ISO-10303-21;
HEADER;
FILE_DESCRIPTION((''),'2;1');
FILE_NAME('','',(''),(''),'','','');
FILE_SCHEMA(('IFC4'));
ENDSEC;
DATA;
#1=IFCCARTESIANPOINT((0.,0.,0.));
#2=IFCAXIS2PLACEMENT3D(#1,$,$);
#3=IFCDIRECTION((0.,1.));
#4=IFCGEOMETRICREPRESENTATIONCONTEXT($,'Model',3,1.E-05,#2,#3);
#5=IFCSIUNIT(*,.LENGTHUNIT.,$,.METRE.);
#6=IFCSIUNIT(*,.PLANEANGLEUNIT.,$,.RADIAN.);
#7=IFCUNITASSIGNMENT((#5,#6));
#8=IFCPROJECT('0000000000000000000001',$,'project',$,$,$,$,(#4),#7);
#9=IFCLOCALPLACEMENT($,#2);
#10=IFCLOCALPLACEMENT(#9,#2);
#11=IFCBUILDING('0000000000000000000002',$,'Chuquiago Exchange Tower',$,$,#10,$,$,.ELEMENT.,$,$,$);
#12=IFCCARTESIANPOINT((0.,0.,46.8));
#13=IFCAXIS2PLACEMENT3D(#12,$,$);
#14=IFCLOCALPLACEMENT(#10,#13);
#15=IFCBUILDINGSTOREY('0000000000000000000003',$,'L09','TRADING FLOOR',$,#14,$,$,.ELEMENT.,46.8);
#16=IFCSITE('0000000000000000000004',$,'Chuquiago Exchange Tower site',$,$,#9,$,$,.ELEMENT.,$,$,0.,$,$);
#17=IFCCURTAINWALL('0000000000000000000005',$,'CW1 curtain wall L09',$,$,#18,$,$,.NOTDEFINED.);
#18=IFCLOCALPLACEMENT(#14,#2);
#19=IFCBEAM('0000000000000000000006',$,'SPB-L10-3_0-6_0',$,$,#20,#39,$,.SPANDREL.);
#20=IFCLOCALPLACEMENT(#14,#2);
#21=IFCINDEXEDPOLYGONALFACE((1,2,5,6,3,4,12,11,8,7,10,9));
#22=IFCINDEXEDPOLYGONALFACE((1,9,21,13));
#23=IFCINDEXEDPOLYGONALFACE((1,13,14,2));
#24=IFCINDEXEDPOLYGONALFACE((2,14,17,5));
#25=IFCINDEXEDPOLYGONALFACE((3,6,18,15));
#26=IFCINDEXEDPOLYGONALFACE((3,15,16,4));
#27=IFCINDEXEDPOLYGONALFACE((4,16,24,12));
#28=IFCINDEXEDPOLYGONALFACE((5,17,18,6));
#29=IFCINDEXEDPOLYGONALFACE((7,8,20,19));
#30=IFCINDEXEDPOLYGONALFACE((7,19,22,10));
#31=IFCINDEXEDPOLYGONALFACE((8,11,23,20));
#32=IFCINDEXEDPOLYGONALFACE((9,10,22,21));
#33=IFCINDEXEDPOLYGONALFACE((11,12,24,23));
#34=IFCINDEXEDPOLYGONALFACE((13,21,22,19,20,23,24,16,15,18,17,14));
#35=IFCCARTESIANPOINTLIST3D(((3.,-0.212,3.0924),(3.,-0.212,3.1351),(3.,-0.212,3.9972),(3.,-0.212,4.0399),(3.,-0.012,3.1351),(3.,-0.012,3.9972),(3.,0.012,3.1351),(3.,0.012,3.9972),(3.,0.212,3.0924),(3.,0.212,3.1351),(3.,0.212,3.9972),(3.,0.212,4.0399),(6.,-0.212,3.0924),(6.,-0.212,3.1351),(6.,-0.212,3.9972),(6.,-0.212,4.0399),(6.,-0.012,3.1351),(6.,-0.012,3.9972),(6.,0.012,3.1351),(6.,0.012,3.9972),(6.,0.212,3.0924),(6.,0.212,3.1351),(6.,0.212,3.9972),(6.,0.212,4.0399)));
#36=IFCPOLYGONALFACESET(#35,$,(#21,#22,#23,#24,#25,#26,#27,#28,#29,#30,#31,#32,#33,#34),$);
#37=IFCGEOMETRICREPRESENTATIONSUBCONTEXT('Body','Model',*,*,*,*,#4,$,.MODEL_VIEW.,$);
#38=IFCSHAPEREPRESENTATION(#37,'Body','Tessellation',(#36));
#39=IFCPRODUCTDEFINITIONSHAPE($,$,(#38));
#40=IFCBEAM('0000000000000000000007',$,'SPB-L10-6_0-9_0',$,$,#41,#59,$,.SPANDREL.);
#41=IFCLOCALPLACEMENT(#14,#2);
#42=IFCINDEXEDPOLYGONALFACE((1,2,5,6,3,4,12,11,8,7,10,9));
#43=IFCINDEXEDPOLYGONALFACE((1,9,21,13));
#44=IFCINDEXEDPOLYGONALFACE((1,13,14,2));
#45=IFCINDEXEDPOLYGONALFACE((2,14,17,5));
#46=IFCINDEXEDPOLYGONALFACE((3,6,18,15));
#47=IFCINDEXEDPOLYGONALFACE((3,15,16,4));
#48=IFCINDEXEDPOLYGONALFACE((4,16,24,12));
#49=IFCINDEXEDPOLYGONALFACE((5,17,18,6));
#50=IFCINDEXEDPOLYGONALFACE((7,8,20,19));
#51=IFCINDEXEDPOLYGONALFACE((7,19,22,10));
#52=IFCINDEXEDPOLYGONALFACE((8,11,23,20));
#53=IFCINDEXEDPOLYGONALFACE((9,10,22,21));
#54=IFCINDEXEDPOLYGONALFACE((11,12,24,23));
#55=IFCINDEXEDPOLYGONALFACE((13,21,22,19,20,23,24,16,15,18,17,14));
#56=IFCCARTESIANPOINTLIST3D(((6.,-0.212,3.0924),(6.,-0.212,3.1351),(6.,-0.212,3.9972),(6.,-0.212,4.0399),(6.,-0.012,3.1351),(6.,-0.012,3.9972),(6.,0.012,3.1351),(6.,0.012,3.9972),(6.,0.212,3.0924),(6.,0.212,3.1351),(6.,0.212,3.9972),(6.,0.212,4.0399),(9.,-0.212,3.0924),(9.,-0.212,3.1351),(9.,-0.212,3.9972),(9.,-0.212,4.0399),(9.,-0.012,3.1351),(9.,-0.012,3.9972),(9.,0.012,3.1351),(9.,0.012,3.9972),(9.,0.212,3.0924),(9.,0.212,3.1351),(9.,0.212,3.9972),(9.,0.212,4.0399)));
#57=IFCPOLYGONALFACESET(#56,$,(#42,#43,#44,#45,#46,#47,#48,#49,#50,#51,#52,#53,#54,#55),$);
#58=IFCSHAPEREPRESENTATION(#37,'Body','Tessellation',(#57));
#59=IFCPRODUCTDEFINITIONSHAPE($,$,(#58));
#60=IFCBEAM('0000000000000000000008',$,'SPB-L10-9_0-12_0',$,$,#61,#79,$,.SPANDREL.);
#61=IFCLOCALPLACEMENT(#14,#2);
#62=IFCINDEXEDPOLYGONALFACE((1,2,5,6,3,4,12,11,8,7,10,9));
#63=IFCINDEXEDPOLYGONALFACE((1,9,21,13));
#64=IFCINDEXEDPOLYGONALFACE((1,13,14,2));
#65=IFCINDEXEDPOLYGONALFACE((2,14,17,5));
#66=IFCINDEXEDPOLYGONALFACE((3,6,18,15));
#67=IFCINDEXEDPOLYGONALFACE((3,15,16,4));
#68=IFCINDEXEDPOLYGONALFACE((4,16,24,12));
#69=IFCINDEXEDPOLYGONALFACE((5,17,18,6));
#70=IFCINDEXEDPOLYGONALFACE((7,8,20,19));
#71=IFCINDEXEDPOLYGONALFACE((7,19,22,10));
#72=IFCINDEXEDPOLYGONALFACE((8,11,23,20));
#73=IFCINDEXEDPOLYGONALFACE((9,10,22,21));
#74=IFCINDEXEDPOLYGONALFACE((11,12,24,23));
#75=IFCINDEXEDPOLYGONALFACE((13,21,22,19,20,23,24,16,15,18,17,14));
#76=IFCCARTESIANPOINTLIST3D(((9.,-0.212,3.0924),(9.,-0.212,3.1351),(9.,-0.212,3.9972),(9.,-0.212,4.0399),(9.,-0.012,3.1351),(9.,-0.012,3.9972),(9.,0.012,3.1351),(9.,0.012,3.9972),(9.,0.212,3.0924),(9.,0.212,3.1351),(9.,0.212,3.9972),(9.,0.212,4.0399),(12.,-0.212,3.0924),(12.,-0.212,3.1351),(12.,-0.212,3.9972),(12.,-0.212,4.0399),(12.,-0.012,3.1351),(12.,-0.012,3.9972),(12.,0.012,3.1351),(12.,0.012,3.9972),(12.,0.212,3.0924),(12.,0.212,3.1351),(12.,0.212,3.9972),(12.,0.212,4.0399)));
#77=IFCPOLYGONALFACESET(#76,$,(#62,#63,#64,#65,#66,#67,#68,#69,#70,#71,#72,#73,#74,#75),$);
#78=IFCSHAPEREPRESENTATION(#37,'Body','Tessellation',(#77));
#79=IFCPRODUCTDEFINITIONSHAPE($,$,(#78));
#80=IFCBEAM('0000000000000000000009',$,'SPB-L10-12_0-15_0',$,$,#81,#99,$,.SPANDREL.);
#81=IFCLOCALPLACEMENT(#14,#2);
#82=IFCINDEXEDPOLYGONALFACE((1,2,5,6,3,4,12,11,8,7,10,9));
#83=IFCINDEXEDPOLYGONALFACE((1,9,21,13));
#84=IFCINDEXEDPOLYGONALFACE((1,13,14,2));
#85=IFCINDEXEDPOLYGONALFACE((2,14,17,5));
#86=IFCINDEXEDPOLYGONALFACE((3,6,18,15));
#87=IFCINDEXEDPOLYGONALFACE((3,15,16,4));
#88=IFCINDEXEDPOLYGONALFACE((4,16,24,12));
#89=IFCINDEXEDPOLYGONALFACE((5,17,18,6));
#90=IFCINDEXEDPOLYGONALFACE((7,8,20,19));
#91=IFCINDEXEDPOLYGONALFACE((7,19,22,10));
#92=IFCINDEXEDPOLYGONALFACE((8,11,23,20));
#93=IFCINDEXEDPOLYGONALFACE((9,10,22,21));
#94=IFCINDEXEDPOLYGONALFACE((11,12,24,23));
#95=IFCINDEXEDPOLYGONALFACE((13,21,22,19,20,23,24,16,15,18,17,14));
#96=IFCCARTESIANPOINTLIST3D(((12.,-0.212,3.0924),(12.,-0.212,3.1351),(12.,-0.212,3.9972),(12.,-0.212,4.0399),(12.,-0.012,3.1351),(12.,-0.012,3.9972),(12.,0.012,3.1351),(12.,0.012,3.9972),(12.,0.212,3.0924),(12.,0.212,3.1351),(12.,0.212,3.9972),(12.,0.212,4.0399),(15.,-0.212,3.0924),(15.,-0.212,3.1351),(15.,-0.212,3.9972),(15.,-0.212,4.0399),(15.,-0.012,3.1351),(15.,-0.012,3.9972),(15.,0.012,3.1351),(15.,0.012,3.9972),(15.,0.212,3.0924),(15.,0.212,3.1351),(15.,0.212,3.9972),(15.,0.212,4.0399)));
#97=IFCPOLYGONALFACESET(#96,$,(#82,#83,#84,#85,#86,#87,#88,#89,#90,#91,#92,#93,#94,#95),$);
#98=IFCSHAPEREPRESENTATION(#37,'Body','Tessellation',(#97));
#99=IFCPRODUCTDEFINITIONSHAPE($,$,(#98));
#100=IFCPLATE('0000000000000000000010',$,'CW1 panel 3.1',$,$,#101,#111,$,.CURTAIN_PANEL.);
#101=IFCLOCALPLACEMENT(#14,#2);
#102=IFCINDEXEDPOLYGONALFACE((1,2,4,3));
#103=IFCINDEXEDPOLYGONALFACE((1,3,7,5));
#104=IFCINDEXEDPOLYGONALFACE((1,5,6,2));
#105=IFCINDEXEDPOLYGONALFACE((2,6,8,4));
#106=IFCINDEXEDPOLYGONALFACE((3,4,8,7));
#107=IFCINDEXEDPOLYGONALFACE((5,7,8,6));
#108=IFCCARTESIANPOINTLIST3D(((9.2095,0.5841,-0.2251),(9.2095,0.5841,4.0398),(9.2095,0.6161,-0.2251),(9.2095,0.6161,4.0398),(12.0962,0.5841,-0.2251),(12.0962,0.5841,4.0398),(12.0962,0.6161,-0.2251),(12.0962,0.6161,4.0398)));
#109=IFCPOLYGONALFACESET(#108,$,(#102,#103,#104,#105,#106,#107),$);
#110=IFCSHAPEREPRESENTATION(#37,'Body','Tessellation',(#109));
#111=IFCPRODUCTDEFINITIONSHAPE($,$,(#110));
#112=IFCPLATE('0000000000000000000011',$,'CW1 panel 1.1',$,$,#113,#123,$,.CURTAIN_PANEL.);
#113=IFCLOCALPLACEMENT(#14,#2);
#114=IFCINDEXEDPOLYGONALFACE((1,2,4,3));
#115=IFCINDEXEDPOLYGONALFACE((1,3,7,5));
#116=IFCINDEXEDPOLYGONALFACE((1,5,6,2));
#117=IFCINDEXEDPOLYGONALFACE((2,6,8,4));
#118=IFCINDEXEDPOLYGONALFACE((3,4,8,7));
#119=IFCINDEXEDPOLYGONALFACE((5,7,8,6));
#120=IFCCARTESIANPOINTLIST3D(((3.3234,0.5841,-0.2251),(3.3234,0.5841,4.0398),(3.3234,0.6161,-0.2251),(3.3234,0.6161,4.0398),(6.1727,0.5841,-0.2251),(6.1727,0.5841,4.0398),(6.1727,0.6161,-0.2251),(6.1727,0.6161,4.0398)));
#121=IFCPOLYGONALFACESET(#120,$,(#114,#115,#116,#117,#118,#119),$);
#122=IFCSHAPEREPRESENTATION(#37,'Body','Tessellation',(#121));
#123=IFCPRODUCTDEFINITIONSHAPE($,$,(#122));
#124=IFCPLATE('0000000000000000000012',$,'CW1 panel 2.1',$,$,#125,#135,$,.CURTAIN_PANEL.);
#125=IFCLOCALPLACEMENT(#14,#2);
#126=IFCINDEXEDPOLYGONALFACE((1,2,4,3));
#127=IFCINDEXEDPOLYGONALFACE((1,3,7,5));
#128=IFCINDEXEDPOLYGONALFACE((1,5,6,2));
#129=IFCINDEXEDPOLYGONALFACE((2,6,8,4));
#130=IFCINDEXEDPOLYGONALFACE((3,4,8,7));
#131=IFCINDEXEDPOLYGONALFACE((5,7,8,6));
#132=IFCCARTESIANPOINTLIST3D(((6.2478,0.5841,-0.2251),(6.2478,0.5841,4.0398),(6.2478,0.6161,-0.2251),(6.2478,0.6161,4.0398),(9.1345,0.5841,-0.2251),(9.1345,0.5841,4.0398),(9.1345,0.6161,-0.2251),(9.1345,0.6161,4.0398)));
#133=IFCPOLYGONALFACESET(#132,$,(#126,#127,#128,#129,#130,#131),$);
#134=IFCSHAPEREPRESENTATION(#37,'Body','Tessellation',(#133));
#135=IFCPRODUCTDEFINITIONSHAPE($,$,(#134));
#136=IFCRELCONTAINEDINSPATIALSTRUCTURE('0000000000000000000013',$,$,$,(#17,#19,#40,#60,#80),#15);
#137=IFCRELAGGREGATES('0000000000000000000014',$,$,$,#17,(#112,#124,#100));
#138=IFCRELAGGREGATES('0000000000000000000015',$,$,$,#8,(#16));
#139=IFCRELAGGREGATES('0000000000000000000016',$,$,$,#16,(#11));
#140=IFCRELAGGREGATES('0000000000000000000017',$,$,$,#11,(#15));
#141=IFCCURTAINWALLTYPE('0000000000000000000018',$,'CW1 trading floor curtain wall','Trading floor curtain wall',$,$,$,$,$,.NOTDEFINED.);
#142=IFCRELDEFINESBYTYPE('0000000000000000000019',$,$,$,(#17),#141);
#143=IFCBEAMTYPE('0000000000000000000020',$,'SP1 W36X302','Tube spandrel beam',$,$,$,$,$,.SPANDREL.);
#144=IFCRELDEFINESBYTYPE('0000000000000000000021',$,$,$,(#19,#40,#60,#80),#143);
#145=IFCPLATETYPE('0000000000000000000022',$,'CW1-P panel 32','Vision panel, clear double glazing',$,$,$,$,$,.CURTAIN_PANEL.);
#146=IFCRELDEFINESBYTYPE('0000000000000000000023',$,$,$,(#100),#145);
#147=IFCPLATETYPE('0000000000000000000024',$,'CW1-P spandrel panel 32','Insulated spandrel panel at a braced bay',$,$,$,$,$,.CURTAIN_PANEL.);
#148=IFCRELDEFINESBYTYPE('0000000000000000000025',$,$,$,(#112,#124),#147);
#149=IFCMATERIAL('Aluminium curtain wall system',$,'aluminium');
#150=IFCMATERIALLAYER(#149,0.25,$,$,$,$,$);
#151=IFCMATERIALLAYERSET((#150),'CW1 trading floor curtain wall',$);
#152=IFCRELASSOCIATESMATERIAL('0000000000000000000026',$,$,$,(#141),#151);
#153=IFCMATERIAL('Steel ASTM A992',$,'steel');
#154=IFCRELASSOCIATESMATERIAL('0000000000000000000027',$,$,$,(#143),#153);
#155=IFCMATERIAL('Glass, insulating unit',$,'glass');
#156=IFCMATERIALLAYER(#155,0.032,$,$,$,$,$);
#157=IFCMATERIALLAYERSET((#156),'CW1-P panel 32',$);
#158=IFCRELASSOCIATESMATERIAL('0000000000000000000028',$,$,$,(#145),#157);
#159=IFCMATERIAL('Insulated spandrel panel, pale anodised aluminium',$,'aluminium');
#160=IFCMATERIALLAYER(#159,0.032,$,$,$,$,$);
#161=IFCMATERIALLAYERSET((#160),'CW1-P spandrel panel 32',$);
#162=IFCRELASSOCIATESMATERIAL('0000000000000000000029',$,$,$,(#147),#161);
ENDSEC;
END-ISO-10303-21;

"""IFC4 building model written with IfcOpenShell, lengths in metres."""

from ifc_helpers import new_model, si_unit, direction, frame, origin, origin_2d, place, context, subcontext, project, spatial, rectangle, i_section, extrude, material, layer, layer_set, material_profile, profile_set, type_object, element, aggregate, save


model = new_model("IFC4")

# Units and contexts
model_context = context("Model", 3, precision=1e-05, world=origin(), true_north=direction((0.0, 1.0)))
body_context = subcontext(model_context, "Body", "Model", "MODEL_VIEW")
ifc_project = project(units=[si_unit("LENGTHUNIT", "METRE"), si_unit("PLANEANGLEUNIT", "RADIAN")], contexts=[model_context])

# Site, building, storey
site_placement = place(None, origin())
site = spatial("IfcSite", under=ifc_project, at=site_placement, Name="Chuquiago Exchange Tower site", CompositionType="ELEMENT", RefElevation=0.0)
building_placement = place(site_placement, origin())
building = spatial("IfcBuilding", under=site, at=building_placement, Name="Chuquiago Exchange Tower", CompositionType="ELEMENT")
storey_placement = place(building_placement, frame((0.0, 0.0, 46.8)))
storey = spatial("IfcBuildingStorey", under=building, at=storey_placement, Name="L09", Description="TRADING FLOOR", CompositionType="ELEMENT", Elevation=46.8)

# Curtain wall
ifc_material_1 = material(Name="Aluminium curtain wall system", Category="aluminium")
ifc_layer_1 = layer(ifc_material_1, 0.25)
ifc_layer_set_1 = layer_set([ifc_layer_1], Name="CW1 trading floor curtain wall")
curtain_wall_type = type_object("IfcCurtainWallType", Name="CW1 trading floor curtain wall", Description="Trading floor curtain wall", PredefinedType="NOTDEFINED", material=ifc_layer_set_1)
curtain_wall_placement = place(storey_placement, origin())
curtain_wall = element("IfcCurtainWall", 1, at=curtain_wall_placement, inside=storey, type_object=curtain_wall_type, Name="CW1 curtain wall L09", PredefinedType="NOTDEFINED")

# Beams
ifc_material_2 = material(Name="Steel ASTM A992", Category="steel")
ifc_material_profile_1 = material_profile(ifc_material_2, i_section(OverallWidth=0.4241, OverallDepth=0.9475, WebThickness=0.0239, FlangeThickness=0.0427, at=origin_2d()), Name="W36X302")
ifc_profile_set_1 = profile_set([ifc_material_profile_1], Name="Steel ASTM A992")
beam_type = type_object("IfcBeamType", Name="SP1 W36X302", Description="Tube spandrel beam", PredefinedType="SPANDREL", material=ifc_profile_set_1)
for number, where, z_axis, x_axis, name in (
    (2, (3.0, 0.0, 3.5662), (1.0, 0.0, 0.0), (0.0, 1.0, 0.0), "SPB-L10-3_0-6_0"),
    (3, (6.0, 0.0, 3.5662), (1.0, 0.0, 0.0), (0.0, 1.0, 0.0), "SPB-L10-6_0-9_0"),
    (4, (9.0, 0.0, 3.5662), (1.0, 0.0, 0.0), (0.0, 1.0, 0.0), "SPB-L10-9_0-12_0"),
    (5, (12.0, 0.0, 3.5662), (1.0, 0.0, 0.0), (0.0, 1.0, 0.0), "SPB-L10-12_0-15_0"),
):
    element("IfcBeam", number, at=place(storey_placement, frame(where, z_axis=z_axis, x_axis=x_axis)), inside=storey, type_object=beam_type, Name=name, PredefinedType="SPANDREL", context=body_context, shape_type="SweptSolid", body=[
        extrude(i_section(OverallWidth=0.4241, OverallDepth=0.9475, WebThickness=0.0239, FlangeThickness=0.0427, at=origin_2d()), origin(), (0.0, 0.0, 1.0), 3.0),
    ])

# Plates
ifc_material_3 = material(Name="Glass, insulating unit", Category="glass")
ifc_layer_2 = layer(ifc_material_3, 0.032)
ifc_layer_set_2 = layer_set([ifc_layer_2], Name="CW1-P panel 32")
plate_type_1 = type_object("IfcPlateType", Name="CW1-P panel 32", Description="Vision panel, clear double glazing", PredefinedType="CURTAIN_PANEL", material=ifc_layer_set_2)
plate_1_placement = place(storey_placement, frame((10.6528, 0.6001, -0.2251), z_axis=(0.0, 0.0, 1.0), x_axis=(1.0, 0.0, 0.0)))
plate_1 = element("IfcPlate", 6, at=plate_1_placement, type_object=plate_type_1, Name="CW1 panel 3.1", PredefinedType="CURTAIN_PANEL", context=body_context, shape_type="SweptSolid", body=[
    extrude(rectangle(XDim=2.8867, YDim=0.032, at=origin_2d()), origin(), (0.0, 0.0, 1.0), 4.2649),
])
ifc_material_4 = material(Name="Insulated spandrel panel, pale anodised aluminium", Category="aluminium")
ifc_layer_3 = layer(ifc_material_4, 0.032)
ifc_layer_set_3 = layer_set([ifc_layer_3], Name="CW1-P spandrel panel 32")
plate_type_2 = type_object("IfcPlateType", Name="CW1-P spandrel panel 32", Description="Insulated spandrel panel at a braced bay", PredefinedType="CURTAIN_PANEL", material=ifc_layer_set_3)
plate_2_placement = place(storey_placement, frame((4.748, 0.6001, -0.2251), z_axis=(0.0, 0.0, 1.0), x_axis=(1.0, 0.0, 0.0)))
plate_2 = element("IfcPlate", 7, at=plate_2_placement, type_object=plate_type_2, Name="CW1 panel 1.1", PredefinedType="CURTAIN_PANEL", context=body_context, shape_type="SweptSolid", body=[
    extrude(rectangle(XDim=2.8494, YDim=0.032, at=origin_2d()), origin(), (0.0, 0.0, 1.0), 4.2649),
])
plate_3_placement = place(storey_placement, frame((7.6912, 0.6001, -0.2251), z_axis=(0.0, 0.0, 1.0), x_axis=(1.0, 0.0, 0.0)))
plate_3 = element("IfcPlate", 8, at=plate_3_placement, type_object=plate_type_2, Name="CW1 panel 2.1", PredefinedType="CURTAIN_PANEL", context=body_context, shape_type="SweptSolid", body=[
    extrude(rectangle(XDim=2.8867, YDim=0.032, at=origin_2d()), origin(), (0.0, 0.0, 1.0), 4.2649),
])
aggregate(curtain_wall, [plate_2, plate_3, plate_1])

save(model, "model.ifc")
